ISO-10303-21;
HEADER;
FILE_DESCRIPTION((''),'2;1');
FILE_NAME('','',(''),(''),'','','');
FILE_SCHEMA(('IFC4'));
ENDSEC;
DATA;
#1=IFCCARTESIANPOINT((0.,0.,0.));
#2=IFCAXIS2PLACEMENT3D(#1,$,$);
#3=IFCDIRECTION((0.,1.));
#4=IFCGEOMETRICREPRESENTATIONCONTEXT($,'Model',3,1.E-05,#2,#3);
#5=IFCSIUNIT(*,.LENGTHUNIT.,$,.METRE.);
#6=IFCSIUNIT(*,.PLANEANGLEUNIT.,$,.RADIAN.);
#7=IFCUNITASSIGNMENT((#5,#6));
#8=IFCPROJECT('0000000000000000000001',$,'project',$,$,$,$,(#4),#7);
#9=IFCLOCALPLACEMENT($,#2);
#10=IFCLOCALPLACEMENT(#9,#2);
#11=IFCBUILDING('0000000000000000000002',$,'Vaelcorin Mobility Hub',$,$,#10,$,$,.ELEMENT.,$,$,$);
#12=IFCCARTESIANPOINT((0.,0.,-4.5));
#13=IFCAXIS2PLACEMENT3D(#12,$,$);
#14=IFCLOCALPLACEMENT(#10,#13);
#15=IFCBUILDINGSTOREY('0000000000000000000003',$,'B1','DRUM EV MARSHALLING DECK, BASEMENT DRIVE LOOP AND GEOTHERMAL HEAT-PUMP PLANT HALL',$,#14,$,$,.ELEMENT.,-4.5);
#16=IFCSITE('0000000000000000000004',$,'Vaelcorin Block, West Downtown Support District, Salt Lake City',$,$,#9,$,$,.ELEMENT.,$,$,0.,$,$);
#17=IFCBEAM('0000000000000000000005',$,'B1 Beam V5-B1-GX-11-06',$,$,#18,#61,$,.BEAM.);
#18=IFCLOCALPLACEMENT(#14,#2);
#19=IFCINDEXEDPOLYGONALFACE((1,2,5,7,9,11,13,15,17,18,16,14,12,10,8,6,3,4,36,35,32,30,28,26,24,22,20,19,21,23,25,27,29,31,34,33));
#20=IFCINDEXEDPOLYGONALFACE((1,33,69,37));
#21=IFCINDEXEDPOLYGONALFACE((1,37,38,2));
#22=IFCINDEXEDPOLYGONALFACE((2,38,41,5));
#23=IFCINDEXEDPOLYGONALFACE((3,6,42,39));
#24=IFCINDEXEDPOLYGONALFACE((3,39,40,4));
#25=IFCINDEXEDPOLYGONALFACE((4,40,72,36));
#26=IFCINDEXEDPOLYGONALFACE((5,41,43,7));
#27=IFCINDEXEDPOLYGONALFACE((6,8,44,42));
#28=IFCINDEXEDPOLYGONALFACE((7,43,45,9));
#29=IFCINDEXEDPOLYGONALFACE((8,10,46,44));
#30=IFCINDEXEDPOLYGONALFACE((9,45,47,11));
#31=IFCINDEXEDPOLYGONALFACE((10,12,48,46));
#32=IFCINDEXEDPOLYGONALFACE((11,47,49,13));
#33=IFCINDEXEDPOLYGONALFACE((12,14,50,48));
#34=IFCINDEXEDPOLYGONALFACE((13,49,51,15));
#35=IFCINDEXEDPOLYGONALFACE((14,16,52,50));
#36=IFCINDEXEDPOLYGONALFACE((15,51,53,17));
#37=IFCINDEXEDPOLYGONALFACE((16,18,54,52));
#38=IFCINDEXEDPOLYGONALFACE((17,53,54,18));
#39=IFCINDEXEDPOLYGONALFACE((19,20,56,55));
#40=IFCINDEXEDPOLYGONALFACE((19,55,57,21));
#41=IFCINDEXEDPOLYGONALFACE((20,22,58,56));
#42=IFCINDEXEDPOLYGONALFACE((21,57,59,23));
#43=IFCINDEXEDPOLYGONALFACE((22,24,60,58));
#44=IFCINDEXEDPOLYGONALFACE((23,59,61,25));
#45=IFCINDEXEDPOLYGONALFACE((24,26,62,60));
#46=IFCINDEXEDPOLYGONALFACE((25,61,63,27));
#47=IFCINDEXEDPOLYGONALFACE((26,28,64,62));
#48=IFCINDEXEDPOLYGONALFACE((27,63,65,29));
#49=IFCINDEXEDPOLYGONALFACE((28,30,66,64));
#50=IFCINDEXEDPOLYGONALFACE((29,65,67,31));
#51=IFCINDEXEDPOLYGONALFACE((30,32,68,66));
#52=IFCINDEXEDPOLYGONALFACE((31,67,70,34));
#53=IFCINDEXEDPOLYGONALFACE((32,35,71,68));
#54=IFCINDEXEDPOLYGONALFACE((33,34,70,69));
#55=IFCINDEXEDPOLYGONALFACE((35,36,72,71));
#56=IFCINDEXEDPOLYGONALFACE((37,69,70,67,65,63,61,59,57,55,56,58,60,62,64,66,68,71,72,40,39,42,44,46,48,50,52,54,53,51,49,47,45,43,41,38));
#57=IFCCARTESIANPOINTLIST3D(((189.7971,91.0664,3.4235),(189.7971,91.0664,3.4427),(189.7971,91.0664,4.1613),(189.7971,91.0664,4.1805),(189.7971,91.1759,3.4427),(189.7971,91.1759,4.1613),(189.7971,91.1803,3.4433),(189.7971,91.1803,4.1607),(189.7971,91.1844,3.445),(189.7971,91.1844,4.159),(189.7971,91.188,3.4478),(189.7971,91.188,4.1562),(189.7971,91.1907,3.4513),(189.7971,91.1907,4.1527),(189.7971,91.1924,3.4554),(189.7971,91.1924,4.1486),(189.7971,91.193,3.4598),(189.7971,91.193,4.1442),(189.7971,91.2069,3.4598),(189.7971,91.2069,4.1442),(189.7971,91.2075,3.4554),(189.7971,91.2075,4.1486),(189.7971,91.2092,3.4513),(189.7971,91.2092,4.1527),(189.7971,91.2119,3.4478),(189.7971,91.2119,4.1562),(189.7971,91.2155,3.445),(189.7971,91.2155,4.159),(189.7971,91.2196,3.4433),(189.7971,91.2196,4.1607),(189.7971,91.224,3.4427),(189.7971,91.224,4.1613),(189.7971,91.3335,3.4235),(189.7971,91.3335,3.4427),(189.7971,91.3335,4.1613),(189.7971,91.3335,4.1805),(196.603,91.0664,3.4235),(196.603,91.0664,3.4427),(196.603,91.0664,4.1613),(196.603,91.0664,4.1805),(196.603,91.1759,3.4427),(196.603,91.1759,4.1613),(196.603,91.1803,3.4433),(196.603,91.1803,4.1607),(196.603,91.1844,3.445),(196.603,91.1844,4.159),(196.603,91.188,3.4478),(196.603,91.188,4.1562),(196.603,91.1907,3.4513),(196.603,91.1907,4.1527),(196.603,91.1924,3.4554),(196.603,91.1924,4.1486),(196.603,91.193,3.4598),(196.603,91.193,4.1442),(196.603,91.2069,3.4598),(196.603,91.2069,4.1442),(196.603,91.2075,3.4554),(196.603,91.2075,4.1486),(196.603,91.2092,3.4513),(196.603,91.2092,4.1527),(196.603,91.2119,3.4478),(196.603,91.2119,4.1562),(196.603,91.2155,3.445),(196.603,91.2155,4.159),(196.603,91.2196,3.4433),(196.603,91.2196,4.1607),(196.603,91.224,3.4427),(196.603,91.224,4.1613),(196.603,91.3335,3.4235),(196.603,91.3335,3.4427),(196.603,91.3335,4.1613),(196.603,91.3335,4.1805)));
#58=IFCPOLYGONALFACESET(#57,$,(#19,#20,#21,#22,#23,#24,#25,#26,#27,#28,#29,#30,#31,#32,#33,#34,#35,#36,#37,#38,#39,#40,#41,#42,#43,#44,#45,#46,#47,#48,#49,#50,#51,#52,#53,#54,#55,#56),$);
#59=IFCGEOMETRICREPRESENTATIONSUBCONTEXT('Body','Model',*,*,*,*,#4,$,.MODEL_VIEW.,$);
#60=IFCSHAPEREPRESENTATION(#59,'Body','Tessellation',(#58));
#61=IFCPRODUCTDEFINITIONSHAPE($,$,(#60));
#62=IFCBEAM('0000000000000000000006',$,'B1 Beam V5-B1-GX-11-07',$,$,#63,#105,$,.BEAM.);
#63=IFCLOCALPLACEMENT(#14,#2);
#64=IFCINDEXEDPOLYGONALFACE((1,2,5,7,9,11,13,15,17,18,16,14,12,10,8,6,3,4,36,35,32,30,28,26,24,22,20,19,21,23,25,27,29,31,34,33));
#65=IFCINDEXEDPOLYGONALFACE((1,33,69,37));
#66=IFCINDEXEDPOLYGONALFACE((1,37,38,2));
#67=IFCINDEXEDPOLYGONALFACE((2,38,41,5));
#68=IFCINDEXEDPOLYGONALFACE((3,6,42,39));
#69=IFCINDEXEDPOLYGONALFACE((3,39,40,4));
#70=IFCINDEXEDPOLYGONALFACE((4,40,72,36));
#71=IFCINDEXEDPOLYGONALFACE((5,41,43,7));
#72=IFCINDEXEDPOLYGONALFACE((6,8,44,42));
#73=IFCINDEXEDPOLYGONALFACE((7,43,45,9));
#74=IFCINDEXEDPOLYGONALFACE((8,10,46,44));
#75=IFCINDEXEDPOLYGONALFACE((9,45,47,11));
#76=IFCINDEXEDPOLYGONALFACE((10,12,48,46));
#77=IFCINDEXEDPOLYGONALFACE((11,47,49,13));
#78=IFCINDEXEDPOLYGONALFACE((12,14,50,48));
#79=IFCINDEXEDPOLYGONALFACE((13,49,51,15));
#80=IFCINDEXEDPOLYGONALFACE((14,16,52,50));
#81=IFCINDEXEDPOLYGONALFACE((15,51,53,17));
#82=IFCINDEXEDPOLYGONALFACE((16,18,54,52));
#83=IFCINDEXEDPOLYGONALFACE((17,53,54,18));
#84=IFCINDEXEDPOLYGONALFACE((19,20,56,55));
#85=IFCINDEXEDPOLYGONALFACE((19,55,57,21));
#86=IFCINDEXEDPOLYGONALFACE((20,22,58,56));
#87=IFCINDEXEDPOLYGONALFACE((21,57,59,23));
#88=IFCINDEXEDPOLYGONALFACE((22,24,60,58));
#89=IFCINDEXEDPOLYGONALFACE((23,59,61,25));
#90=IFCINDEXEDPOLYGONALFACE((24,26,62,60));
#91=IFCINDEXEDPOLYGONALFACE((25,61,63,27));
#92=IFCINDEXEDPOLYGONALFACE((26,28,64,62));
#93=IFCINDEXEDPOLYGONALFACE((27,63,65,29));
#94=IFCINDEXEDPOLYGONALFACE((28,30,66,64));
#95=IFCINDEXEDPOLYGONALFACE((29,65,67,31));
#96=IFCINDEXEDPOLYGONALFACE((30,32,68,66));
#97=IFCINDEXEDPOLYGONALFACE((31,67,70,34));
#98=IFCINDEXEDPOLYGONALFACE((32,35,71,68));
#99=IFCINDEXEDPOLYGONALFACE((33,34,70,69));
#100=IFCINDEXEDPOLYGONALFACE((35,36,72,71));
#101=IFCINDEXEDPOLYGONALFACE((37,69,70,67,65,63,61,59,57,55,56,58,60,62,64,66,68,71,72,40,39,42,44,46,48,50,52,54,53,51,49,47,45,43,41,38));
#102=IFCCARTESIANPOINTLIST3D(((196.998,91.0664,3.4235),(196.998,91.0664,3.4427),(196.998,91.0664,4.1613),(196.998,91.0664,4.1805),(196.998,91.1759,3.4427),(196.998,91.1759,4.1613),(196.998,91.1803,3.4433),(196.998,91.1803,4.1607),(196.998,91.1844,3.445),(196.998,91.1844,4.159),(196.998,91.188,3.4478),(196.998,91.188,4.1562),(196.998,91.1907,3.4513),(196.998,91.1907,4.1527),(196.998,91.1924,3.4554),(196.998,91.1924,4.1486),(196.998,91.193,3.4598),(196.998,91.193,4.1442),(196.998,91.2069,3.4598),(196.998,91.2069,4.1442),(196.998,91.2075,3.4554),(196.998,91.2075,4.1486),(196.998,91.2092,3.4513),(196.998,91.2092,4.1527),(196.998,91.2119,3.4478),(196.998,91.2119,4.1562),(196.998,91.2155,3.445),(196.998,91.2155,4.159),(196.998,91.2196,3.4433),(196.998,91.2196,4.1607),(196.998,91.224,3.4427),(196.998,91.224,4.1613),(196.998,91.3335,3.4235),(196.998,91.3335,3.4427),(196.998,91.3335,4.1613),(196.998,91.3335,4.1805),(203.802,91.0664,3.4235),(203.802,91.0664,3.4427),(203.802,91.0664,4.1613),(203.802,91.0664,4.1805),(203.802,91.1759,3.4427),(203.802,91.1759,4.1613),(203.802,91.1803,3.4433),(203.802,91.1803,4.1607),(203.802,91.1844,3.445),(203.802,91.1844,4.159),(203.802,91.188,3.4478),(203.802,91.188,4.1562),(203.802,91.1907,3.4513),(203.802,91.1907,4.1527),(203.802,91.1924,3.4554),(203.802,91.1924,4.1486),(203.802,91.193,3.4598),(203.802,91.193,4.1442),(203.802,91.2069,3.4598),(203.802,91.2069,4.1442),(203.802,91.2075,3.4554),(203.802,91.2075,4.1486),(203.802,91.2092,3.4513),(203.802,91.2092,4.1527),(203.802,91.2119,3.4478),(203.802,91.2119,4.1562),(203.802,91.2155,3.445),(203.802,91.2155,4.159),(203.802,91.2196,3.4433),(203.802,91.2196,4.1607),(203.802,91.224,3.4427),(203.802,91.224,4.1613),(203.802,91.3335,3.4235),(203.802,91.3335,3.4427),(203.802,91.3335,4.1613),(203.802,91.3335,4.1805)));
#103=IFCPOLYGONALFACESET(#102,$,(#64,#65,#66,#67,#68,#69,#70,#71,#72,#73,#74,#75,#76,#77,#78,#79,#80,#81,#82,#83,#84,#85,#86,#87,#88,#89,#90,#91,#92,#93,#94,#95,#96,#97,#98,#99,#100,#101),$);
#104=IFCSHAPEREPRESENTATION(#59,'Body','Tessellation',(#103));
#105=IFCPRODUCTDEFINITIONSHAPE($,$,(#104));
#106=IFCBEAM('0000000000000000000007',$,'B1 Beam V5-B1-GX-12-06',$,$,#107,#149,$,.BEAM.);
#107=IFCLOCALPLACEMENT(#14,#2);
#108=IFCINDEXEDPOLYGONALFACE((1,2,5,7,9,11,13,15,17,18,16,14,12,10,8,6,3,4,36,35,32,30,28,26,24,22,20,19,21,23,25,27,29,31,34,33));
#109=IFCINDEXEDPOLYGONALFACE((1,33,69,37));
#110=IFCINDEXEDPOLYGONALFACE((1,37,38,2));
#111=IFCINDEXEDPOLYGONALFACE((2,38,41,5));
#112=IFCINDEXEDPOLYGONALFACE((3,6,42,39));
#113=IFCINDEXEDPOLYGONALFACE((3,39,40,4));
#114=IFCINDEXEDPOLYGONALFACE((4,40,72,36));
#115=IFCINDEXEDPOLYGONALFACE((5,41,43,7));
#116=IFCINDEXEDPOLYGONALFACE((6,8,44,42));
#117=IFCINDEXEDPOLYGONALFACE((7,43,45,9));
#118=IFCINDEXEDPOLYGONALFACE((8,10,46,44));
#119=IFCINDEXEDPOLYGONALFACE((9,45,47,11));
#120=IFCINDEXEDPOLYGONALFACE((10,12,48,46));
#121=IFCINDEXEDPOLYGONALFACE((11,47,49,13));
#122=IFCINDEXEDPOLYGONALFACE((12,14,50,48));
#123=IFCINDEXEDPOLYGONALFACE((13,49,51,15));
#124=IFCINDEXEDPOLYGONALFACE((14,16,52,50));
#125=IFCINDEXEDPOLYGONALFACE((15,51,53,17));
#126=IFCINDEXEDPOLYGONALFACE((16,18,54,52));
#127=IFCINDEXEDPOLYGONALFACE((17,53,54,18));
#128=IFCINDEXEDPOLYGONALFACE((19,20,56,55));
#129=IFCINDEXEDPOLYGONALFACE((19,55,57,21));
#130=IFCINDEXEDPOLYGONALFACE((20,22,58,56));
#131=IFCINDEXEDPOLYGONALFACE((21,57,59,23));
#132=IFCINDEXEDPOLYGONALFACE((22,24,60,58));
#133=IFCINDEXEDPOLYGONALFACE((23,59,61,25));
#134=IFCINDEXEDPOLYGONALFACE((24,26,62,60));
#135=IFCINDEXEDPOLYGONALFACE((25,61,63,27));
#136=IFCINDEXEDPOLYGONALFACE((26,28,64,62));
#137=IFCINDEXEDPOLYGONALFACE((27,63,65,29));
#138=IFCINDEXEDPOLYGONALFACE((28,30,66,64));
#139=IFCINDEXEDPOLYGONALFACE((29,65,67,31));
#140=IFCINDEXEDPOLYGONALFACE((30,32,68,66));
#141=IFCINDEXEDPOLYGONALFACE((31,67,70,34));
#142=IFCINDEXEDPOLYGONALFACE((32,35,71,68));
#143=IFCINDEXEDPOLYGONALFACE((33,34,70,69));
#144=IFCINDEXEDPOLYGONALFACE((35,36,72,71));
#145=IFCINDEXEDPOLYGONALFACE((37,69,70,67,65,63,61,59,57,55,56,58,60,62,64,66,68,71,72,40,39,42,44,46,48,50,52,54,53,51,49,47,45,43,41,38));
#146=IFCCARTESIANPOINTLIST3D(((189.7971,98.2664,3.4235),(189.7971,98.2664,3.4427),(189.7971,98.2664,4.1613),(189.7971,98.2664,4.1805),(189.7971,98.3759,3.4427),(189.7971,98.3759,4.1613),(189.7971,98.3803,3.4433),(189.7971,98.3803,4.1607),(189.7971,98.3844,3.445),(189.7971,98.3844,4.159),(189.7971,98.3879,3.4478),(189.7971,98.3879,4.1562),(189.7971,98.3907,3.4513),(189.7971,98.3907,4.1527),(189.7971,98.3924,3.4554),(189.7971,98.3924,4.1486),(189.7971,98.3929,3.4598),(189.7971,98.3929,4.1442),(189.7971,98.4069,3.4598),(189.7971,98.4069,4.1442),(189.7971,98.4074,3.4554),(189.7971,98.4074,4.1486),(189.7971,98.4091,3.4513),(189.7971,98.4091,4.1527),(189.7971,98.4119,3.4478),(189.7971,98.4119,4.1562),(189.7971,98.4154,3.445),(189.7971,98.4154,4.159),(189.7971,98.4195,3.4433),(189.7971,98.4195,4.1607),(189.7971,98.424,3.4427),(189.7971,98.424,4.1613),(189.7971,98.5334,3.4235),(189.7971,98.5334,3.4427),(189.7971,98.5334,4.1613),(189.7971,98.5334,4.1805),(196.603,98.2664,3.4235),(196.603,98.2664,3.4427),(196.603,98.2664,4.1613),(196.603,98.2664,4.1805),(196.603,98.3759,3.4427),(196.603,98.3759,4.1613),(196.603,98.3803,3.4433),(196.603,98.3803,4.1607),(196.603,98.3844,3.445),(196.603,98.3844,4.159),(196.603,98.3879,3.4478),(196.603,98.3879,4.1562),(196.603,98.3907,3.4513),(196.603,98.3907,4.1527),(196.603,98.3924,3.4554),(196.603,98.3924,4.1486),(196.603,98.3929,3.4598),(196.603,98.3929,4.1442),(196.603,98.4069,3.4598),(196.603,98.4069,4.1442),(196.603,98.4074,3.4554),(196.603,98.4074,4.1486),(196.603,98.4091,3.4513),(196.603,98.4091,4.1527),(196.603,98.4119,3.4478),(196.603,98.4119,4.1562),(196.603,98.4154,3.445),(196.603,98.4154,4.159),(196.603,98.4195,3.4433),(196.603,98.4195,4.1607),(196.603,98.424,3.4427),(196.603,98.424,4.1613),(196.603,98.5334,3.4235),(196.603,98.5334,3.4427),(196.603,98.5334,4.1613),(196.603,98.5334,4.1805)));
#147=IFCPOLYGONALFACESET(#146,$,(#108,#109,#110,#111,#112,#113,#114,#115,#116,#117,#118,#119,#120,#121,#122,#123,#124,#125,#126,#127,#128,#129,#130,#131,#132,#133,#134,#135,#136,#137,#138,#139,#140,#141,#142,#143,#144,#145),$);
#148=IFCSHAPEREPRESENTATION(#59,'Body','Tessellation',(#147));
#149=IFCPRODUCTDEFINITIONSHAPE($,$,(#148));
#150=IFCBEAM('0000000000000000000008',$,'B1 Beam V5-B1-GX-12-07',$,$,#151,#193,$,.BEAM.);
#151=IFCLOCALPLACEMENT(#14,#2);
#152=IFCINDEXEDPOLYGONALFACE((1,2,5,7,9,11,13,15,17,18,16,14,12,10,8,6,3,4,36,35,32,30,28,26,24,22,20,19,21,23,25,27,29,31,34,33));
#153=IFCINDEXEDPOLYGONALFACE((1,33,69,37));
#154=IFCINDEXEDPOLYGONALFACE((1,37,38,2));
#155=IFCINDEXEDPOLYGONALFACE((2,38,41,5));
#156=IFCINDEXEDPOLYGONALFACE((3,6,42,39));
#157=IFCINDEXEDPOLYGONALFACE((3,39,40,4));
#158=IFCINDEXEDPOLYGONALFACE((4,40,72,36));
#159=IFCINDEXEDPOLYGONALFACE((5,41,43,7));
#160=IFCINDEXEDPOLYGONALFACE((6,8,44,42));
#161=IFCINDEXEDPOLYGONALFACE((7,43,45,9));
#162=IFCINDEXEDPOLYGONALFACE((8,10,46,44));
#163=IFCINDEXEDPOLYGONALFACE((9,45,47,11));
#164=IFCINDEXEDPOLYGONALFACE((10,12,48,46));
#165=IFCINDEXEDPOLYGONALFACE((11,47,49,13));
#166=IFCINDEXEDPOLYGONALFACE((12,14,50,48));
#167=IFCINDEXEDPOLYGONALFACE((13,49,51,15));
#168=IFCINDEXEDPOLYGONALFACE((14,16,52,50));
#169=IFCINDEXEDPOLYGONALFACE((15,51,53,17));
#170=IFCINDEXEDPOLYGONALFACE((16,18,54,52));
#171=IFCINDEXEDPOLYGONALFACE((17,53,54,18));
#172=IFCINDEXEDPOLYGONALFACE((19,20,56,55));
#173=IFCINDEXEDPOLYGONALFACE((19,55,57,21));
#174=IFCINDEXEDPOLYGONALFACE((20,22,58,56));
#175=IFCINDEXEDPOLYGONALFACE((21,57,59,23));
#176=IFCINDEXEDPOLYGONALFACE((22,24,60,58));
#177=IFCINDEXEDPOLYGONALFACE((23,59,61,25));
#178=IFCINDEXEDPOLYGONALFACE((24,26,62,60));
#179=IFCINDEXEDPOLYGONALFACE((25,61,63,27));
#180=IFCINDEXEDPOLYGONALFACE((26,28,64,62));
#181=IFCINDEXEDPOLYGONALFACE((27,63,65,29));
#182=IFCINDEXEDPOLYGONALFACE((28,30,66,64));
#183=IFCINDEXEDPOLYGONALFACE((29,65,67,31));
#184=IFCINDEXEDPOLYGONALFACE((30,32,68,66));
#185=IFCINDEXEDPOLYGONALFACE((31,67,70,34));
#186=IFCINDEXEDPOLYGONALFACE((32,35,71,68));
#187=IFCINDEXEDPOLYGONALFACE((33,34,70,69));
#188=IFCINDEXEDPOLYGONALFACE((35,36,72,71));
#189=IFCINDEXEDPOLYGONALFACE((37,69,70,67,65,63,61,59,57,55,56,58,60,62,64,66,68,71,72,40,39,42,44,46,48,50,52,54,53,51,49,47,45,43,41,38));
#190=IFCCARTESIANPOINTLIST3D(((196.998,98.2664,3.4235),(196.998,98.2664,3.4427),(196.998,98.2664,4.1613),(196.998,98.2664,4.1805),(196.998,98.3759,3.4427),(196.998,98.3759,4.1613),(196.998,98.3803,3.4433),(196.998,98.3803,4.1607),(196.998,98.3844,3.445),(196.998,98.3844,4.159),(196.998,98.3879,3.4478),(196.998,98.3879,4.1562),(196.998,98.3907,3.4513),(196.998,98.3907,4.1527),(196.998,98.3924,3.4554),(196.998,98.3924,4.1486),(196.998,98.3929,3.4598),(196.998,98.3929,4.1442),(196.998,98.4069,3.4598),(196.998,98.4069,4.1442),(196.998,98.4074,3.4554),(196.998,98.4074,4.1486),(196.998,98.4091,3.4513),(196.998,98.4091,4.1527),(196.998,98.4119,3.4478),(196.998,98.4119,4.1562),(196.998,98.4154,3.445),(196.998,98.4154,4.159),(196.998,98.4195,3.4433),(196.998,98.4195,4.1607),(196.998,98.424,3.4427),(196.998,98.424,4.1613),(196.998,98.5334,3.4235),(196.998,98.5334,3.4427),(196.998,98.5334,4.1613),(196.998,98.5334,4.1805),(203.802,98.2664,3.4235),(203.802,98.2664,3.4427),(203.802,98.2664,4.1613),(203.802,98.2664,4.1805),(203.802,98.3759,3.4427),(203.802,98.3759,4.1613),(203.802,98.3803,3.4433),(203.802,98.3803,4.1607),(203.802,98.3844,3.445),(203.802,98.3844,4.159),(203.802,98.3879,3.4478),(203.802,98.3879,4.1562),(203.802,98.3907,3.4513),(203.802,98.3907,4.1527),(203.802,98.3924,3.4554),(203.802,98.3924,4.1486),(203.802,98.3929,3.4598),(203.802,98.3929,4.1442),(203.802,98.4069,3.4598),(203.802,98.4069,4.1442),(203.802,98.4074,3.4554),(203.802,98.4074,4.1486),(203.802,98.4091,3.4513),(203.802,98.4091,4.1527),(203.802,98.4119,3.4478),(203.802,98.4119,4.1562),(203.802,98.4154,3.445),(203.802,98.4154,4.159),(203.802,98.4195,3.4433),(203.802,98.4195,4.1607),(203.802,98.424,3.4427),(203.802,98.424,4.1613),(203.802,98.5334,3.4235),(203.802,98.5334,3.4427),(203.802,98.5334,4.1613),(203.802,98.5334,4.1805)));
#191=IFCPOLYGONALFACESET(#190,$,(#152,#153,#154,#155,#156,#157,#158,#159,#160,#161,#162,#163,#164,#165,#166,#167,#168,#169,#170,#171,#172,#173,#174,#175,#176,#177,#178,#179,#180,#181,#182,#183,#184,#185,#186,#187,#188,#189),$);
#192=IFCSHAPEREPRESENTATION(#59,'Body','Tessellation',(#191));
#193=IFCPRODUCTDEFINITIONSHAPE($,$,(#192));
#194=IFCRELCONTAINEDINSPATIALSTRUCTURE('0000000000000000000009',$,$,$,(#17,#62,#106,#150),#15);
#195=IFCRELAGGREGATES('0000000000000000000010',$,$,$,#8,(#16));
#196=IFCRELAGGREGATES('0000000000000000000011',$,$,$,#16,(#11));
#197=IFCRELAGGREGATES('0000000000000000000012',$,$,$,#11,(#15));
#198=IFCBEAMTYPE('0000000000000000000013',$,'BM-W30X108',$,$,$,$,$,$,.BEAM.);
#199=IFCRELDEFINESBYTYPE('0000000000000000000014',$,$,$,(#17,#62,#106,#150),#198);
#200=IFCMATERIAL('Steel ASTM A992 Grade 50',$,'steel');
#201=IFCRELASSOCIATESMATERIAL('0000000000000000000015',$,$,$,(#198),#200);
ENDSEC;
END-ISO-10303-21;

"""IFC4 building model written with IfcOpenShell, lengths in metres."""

from ifc_helpers import new_model, si_unit, direction, frame, origin, origin_2d, place, context, subcontext, project, spatial, i_section, extrude, material, material_profile, profile_set, type_object, element, save


model = new_model("IFC4")

# Units and contexts
model_context = context("Model", 3, precision=1e-05, world=origin(), true_north=direction((0.0, 1.0)))
body_context = subcontext(model_context, "Body", "Model", "MODEL_VIEW")
ifc_project = project(units=[si_unit("LENGTHUNIT", "METRE"), si_unit("PLANEANGLEUNIT", "RADIAN")], contexts=[model_context])

# Site, building, storey
site_placement = place(None, origin())
site = spatial("IfcSite", under=ifc_project, at=site_placement, Name="Vaelcorin Block, West Downtown Support District, Salt Lake City", CompositionType="ELEMENT", RefElevation=0.0)
building_placement = place(site_placement, origin())
building = spatial("IfcBuilding", under=site, at=building_placement, Name="Vaelcorin Mobility Hub", CompositionType="ELEMENT")
storey_placement = place(building_placement, frame((0.0, 0.0, -4.5)))
storey = spatial("IfcBuildingStorey", under=building, at=storey_placement, Name="B1", Description="DRUM EV MARSHALLING DECK, BASEMENT DRIVE LOOP AND GEOTHERMAL HEAT-PUMP PLANT HALL", CompositionType="ELEMENT", Elevation=-4.5)

# Shared definitions
ifc_material_1 = material(Name="Steel ASTM A992 Grade 50", Category="steel")

# Beams
ifc_material_profile_1 = material_profile(ifc_material_1, i_section(OverallWidth=0.2671, OverallDepth=0.7571, WebThickness=0.0139, FlangeThickness=0.0193, FilletRadius=0.0171, at=origin_2d()), Name="W30X108")
ifc_profile_set_1 = profile_set([ifc_material_profile_1], Name="Steel ASTM A992 Grade 50")
beam_type_1 = type_object("IfcBeamType", Name="BM-W30X108", PredefinedType="BEAM", material=ifc_profile_set_1)
beam_1_placement = place(storey_placement, frame((189.7971, 91.2, 3.802), z_axis=(1.0, 0.0, 0.0), x_axis=(0.0, 1.0, 0.0)))
element("IfcBeam", 1, at=beam_1_placement, inside=storey, type_object=beam_type_1, Name="B1 Beam V5-B1-GX-11-06", PredefinedType="BEAM", context=body_context, shape_type="SweptSolid", body=[
    extrude(i_section(OverallWidth=0.2671, OverallDepth=0.7571, WebThickness=0.0139, FlangeThickness=0.0193, FilletRadius=0.0171, at=origin_2d()), origin(), (0.0, 0.0, 1.0), 6.8059),
])
beam_2_placement = place(storey_placement, frame((196.998, 91.2, 3.802), z_axis=(1.0, 0.0, 0.0), x_axis=(0.0, 1.0, 0.0)))
element("IfcBeam", 2, at=beam_2_placement, inside=storey, type_object=beam_type_1, Name="B1 Beam V5-B1-GX-11-07", PredefinedType="BEAM", context=body_context, shape_type="SweptSolid", body=[
    extrude(i_section(OverallWidth=0.2671, OverallDepth=0.7571, WebThickness=0.0139, FlangeThickness=0.0193, FilletRadius=0.0171, at=origin_2d()), origin(), (0.0, 0.0, 1.0), 6.804),
])
beam_3_placement = place(storey_placement, frame((189.7971, 98.3999, 3.802), z_axis=(1.0, 0.0, 0.0), x_axis=(0.0, 1.0, 0.0)))
element("IfcBeam", 3, at=beam_3_placement, inside=storey, type_object=beam_type_1, Name="B1 Beam V5-B1-GX-12-06", PredefinedType="BEAM", context=body_context, shape_type="SweptSolid", body=[
    extrude(i_section(OverallWidth=0.2671, OverallDepth=0.7571, WebThickness=0.0139, FlangeThickness=0.0193, FilletRadius=0.0171, at=origin_2d()), origin(), (0.0, 0.0, 1.0), 6.8059),
])
beam_4_placement = place(storey_placement, frame((196.998, 98.3999, 3.802), z_axis=(1.0, 0.0, 0.0), x_axis=(0.0, 1.0, 0.0)))
element("IfcBeam", 4, at=beam_4_placement, inside=storey, type_object=beam_type_1, Name="B1 Beam V5-B1-GX-12-07", PredefinedType="BEAM", context=body_context, shape_type="SweptSolid", body=[
    extrude(i_section(OverallWidth=0.2671, OverallDepth=0.7571, WebThickness=0.0139, FlangeThickness=0.0193, FilletRadius=0.0171, at=origin_2d()), origin(), (0.0, 0.0, 1.0), 6.804),
])

save(model, "model.ifc")
